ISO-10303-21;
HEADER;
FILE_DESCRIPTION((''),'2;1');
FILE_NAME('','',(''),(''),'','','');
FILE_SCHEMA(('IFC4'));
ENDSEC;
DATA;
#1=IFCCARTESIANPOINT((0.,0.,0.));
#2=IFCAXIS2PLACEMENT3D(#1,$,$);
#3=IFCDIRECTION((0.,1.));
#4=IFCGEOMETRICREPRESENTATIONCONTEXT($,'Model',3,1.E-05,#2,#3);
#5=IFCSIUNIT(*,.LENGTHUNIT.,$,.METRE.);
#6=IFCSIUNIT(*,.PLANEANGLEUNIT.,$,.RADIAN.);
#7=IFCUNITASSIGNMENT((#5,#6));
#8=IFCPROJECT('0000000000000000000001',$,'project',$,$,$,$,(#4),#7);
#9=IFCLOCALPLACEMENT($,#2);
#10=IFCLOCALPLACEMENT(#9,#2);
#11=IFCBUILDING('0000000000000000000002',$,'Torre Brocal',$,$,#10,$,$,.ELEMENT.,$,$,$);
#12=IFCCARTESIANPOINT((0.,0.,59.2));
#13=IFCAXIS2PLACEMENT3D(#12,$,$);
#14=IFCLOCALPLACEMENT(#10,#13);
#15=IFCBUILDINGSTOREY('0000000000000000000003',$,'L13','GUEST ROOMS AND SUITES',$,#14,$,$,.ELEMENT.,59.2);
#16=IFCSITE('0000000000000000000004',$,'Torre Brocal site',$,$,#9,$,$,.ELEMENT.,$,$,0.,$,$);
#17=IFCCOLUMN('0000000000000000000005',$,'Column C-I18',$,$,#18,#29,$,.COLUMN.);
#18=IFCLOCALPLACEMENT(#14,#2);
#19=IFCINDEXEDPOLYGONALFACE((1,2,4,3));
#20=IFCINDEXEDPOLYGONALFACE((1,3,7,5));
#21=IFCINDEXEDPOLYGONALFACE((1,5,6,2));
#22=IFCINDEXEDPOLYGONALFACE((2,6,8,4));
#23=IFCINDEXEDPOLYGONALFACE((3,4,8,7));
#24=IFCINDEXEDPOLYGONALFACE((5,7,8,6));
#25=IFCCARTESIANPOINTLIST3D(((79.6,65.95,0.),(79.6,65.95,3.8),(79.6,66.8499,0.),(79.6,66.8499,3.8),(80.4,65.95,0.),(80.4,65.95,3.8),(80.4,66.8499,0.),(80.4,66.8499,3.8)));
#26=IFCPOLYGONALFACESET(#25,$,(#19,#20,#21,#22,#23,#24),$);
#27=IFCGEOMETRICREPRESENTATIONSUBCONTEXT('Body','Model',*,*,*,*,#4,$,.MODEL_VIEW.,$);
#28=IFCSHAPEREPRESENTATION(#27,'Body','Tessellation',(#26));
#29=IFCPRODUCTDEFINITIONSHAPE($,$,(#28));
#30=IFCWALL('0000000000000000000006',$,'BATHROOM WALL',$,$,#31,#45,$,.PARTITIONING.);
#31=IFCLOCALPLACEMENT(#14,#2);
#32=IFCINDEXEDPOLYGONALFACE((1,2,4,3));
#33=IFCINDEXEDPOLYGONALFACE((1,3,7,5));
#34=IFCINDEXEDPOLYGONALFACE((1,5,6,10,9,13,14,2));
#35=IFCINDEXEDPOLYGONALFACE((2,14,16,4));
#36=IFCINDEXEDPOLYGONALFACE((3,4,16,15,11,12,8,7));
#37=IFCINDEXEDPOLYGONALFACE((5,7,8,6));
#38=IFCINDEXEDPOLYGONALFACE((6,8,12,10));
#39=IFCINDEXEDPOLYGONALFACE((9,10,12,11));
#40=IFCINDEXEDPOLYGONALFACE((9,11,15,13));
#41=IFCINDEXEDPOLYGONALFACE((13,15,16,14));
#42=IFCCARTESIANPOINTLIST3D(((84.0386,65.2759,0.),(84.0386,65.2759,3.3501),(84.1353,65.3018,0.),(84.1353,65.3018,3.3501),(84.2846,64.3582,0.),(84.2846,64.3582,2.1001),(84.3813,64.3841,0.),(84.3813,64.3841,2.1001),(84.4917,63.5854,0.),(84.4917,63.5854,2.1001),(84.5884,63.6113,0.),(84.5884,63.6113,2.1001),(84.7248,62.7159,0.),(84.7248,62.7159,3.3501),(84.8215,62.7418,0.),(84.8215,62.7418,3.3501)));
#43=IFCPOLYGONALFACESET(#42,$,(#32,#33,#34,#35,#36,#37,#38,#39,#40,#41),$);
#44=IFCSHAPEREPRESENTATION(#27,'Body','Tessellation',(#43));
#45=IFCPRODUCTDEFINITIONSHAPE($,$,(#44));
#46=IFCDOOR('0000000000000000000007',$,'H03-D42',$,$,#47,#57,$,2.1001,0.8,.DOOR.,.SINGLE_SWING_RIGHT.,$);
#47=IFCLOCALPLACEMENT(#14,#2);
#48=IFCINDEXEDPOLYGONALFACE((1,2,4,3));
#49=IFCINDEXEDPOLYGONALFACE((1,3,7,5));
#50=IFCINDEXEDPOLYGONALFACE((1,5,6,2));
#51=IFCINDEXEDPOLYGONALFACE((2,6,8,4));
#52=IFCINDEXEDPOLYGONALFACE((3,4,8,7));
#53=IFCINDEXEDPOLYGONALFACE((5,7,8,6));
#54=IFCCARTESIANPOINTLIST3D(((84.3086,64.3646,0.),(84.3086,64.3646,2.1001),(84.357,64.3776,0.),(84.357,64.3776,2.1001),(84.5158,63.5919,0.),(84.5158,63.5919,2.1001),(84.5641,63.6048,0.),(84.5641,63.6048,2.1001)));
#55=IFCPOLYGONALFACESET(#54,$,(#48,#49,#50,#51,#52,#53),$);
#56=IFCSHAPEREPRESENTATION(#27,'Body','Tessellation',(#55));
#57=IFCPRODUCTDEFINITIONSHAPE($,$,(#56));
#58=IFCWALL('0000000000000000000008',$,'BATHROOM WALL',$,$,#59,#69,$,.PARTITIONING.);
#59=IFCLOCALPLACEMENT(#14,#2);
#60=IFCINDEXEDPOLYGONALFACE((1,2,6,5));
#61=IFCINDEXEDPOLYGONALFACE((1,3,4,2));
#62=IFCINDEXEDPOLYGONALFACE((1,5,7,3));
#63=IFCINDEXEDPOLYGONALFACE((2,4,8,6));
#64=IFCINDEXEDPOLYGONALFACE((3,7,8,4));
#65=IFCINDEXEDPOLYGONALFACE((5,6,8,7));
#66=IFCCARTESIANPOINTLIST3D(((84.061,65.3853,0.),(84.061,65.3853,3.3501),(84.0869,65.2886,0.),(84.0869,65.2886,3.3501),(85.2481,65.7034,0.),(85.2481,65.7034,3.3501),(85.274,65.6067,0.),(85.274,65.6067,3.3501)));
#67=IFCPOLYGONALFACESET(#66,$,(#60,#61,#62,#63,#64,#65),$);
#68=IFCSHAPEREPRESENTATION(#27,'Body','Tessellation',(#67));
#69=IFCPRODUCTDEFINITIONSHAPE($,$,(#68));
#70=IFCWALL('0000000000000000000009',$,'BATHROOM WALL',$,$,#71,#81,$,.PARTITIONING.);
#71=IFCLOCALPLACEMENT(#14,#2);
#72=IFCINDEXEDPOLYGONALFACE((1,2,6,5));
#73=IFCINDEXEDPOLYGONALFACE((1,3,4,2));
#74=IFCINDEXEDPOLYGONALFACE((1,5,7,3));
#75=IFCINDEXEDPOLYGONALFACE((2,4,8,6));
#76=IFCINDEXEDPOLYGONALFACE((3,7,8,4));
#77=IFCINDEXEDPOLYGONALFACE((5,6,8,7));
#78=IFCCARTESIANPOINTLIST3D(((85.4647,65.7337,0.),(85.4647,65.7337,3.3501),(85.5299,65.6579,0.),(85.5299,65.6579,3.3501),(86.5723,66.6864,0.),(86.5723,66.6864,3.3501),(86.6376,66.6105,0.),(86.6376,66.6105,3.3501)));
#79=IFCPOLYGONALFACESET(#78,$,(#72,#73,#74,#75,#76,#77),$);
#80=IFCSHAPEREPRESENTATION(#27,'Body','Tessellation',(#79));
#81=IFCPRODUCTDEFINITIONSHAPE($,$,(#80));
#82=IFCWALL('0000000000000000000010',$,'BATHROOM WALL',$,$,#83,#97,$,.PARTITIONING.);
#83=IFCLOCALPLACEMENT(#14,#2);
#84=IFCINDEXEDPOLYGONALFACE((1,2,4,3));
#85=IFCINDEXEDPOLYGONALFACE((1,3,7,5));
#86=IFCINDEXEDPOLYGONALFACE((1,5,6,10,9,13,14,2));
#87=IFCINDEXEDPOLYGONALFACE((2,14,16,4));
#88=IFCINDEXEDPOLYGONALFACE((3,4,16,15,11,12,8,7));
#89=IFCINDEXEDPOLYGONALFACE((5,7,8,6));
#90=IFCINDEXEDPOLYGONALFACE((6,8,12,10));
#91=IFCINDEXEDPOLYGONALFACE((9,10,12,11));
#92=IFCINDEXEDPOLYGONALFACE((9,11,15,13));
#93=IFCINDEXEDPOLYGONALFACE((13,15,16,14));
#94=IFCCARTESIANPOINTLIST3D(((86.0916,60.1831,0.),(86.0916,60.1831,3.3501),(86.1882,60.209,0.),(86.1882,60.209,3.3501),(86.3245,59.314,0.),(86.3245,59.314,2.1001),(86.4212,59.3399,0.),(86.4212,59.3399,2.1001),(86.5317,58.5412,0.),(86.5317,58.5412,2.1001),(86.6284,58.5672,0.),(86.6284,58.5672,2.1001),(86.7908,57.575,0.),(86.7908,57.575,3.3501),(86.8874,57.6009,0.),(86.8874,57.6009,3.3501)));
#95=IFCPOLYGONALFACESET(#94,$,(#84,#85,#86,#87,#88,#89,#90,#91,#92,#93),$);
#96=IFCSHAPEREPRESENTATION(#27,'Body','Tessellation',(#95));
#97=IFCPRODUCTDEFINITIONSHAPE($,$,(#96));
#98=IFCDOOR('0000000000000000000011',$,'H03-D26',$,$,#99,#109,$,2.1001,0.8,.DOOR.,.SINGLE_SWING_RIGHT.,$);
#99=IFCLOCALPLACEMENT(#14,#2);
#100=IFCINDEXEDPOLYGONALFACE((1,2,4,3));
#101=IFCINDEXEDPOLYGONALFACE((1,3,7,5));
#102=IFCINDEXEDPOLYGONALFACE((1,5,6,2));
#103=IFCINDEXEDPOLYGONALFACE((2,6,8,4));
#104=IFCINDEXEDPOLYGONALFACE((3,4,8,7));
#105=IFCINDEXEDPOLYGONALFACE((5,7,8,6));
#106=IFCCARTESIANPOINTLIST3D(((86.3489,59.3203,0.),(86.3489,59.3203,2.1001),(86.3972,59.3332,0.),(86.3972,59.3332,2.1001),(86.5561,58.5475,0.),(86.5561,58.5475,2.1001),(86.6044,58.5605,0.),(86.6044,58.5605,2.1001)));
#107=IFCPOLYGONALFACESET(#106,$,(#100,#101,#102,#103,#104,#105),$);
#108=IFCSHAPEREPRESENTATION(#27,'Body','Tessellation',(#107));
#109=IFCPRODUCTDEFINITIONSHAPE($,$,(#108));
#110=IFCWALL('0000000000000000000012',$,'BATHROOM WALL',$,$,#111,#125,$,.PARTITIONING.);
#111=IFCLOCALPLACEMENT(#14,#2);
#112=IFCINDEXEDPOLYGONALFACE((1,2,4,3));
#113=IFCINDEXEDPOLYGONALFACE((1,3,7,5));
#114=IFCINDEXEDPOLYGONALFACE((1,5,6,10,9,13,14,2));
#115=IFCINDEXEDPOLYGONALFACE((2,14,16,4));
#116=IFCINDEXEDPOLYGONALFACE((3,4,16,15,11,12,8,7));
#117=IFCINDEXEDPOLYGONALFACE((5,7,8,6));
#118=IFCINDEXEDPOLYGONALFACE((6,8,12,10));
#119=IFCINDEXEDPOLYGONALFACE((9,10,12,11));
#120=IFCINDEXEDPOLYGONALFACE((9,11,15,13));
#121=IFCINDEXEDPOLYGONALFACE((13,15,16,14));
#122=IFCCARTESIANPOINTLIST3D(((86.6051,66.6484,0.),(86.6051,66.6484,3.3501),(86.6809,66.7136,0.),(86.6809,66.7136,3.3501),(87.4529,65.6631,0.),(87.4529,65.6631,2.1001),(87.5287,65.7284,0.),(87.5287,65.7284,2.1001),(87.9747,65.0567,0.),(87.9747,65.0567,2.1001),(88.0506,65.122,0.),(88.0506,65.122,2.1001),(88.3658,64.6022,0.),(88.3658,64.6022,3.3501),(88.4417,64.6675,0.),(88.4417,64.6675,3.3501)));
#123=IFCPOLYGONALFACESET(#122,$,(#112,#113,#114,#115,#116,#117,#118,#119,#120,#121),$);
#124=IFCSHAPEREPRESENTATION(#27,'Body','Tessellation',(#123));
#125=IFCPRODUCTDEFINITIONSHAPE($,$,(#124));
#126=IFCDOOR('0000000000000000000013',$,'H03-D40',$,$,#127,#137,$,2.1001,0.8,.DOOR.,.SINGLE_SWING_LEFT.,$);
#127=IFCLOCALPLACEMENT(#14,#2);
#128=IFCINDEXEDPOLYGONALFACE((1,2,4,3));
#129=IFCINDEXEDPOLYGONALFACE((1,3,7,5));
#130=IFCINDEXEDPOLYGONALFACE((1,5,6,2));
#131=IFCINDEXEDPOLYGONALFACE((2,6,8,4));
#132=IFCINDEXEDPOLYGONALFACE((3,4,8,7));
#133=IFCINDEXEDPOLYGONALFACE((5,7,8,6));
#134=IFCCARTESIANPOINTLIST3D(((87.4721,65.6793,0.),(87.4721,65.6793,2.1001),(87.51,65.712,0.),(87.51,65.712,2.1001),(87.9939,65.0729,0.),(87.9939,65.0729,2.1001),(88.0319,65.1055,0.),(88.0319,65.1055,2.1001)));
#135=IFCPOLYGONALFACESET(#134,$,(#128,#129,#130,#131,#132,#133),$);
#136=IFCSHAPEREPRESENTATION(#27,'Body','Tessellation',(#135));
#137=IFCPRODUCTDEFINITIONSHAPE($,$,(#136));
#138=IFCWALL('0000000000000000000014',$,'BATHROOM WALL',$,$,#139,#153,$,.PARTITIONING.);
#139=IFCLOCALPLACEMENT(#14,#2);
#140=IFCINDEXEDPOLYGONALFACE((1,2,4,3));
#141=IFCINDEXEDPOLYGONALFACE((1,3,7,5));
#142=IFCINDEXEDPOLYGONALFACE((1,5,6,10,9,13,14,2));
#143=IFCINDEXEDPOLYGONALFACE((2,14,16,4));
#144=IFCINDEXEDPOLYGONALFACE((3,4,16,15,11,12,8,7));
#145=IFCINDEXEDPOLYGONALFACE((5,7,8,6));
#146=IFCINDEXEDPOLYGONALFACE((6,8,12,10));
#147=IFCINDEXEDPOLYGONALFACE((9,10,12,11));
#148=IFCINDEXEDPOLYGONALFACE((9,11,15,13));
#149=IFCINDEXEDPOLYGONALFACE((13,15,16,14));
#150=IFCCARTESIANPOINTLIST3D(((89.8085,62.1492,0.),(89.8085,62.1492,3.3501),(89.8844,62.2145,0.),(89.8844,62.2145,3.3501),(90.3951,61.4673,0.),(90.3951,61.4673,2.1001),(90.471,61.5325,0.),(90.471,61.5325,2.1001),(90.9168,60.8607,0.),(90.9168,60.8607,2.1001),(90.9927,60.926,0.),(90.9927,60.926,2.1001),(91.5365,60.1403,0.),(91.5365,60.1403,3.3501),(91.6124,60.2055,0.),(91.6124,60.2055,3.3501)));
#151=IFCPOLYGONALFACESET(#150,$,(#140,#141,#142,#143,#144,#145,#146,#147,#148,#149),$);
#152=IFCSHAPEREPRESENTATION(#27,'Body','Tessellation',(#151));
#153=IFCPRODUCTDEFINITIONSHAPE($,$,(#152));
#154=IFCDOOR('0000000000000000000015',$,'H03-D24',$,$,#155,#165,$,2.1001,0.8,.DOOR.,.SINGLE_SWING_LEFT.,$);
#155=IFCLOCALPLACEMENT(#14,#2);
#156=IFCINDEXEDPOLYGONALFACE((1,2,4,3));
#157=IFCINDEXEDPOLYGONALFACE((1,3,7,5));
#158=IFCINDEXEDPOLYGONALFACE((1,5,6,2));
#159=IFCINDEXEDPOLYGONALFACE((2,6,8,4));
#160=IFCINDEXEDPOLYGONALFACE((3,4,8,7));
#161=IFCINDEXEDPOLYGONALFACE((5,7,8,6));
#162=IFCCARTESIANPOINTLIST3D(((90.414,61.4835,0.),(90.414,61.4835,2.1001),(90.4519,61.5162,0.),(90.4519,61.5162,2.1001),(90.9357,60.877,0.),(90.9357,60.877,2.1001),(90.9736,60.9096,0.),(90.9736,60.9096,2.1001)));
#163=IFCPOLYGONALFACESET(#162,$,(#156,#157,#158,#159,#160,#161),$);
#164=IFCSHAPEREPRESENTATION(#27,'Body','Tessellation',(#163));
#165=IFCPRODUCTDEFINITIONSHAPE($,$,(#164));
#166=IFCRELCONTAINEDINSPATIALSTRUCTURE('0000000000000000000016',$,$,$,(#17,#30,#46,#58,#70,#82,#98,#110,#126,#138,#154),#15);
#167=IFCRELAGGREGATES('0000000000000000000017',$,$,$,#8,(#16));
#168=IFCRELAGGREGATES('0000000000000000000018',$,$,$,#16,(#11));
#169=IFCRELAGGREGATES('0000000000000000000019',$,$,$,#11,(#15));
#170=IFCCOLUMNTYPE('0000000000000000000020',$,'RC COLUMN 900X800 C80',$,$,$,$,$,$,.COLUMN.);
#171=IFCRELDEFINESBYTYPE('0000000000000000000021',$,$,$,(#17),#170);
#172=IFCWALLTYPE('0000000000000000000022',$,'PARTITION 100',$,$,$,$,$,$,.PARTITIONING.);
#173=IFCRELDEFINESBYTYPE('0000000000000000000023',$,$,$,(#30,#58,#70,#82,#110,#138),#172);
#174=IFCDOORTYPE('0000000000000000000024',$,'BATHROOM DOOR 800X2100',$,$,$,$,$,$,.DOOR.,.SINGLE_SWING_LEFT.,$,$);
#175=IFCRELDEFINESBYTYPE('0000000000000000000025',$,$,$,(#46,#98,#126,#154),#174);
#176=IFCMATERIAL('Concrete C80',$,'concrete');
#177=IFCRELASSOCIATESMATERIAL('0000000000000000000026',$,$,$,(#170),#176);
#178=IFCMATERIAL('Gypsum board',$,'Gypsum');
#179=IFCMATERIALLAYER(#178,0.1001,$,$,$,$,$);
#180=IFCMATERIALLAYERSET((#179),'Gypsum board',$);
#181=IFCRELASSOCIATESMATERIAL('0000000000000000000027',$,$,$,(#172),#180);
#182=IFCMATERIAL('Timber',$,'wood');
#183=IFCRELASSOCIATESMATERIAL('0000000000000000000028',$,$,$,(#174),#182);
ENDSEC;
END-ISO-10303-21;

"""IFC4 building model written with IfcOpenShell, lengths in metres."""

from ifc_helpers import new_model, si_unit, direction, frame, frame_2d, origin, origin_2d, place, context, subcontext, project, spatial, rectangle, extrude, material, layer, layer_set, material_profile, profile_set, type_object, element, fill, save


model = new_model("IFC4")

# Units and contexts
model_context = context("Model", 3, precision=1e-05, world=origin(), true_north=direction((0.0, 1.0)))
body_context = subcontext(model_context, "Body", "Model", "MODEL_VIEW")
ifc_project = project(units=[si_unit("LENGTHUNIT", "METRE"), si_unit("PLANEANGLEUNIT", "RADIAN")], contexts=[model_context])

# Site, building, storey
site_placement = place(None, origin())
site = spatial("IfcSite", under=ifc_project, at=site_placement, Name="Torre Brocal site", CompositionType="ELEMENT", RefElevation=0.0)
building_placement = place(site_placement, origin())
building = spatial("IfcBuilding", under=site, at=building_placement, Name="Torre Brocal", CompositionType="ELEMENT")
storey_placement = place(building_placement, frame((0.0, 0.0, 59.2)))
storey = spatial("IfcBuildingStorey", under=building, at=storey_placement, Name="L13", Description="GUEST ROOMS AND SUITES", CompositionType="ELEMENT", Elevation=59.2)

# Column
ifc_material_1 = material(Name="Concrete C80", Category="concrete")
ifc_material_profile = material_profile(ifc_material_1, rectangle(XDim=0.8999, YDim=0.8, at=origin_2d()), Name="RC 900X800")
ifc_profile_set = profile_set([ifc_material_profile], Name="Concrete C80")
column_type = type_object("IfcColumnType", Name="RC COLUMN 900X800 C80", PredefinedType="COLUMN", material=ifc_profile_set)
column_placement = place(storey_placement, frame((80.0, 66.3999, 0.0), z_axis=(0.0, 0.0, 1.0), x_axis=(0.0, -1.0, 0.0)))
element("IfcColumn", 1, at=column_placement, inside=storey, type_object=column_type, Name="Column C-I18", PredefinedType="COLUMN", context=body_context, shape_type="SweptSolid", body=[
    extrude(rectangle(XDim=0.8999, YDim=0.8, at=origin_2d()), origin(), (0.0, 0.0, 1.0), 3.8),
])

# Wall, opening, door
ifc_material_2 = material(Name="Gypsum board", Category="Gypsum")
ifc_layer_1 = layer(ifc_material_2, 0.1001)
ifc_layer_set_1 = layer_set([ifc_layer_1], Name="Gypsum board")
wall_type_1 = type_object("IfcWallType", Name="PARTITION 100", PredefinedType="PARTITIONING", material=ifc_layer_set_1)
wall_1_placement = place(storey_placement, frame((84.0869, 65.2888, 0.0), z_axis=(0.0, 0.0, 1.0), x_axis=(0.258929, -0.965896, 0.0)))
wall_1 = element("IfcWall", 2, at=wall_1_placement, inside=storey, type_object=wall_type_1, Name="BATHROOM WALL", PredefinedType="PARTITIONING", context=body_context, shape_type="SweptSolid", body=[
    extrude(rectangle(XDim=2.6504, YDim=0.1001, at=frame_2d((1.3252, 0.0))), origin(), (0.0, 0.0, 1.0), 3.3501),
])
opening_1_placement = place(wall_1_placement, frame((0.9502, 0.0, 0.0)))
opening_1 = element("IfcOpeningElement", 3, at=opening_1_placement, cuts=wall_1, PredefinedType="OPENING", context=body_context, shape_type="SweptSolid", body=[
    extrude(rectangle(XDim=0.8, YDim=2.1001, at=frame_2d((0.3999, 1.05))), frame((0.0, 0.0601, 0.0), z_axis=(0.0, -1.0, 0.0), x_axis=(1.0, 0.0, 0.0)), (0.0, 0.0, 1.0), 0.1201),
])
ifc_material_3 = material(Name="Timber", Category="wood")
door_type_1 = type_object("IfcDoorType", Name="BATHROOM DOOR 800X2100", OperationType="SINGLE_SWING_LEFT", PredefinedType="DOOR", material=ifc_material_3)
door_1_placement = place(opening_1_placement, origin())
door_1 = element("IfcDoor", 4, at=door_1_placement, inside=storey, type_object=door_type_1, Name="H03-D42", OperationType="SINGLE_SWING_RIGHT", OverallHeight=2.1001, OverallWidth=0.8, PredefinedType="DOOR", context=body_context, shape_type="SweptSolid", body=[
    extrude(rectangle(XDim=0.8, YDim=2.1001, at=frame_2d((0.3999, 1.05))), frame((0.0, 0.0249, 0.0), z_axis=(0.0, -1.0, 0.0), x_axis=(1.0, 0.0, 0.0)), (0.0, 0.0, 1.0), 0.05),
])
fill(opening_1, door_1)

# Walls
wall_2_placement = place(storey_placement, frame((84.074, 65.3369, 0.0), z_axis=(0.0, 0.0, 1.0), x_axis=(0.965914, 0.258862, 0.0)))
element("IfcWall", 5, at=wall_2_placement, inside=storey, type_object=wall_type_1, Name="BATHROOM WALL", PredefinedType="PARTITIONING", context=body_context, shape_type="SweptSolid", body=[
    extrude(rectangle(XDim=1.229, YDim=0.1001, at=frame_2d((0.6145, 0.0))), origin(), (0.0, 0.0, 1.0), 3.3501),
])
wall_3_placement = place(storey_placement, frame((85.4973, 65.6958, 0.0), z_axis=(0.0, 0.0, 1.0), x_axis=(0.75817, 0.652057, 0.0)))
element("IfcWall", 6, at=wall_3_placement, inside=storey, type_object=wall_type_1, Name="BATHROOM WALL", PredefinedType="PARTITIONING", context=body_context, shape_type="SweptSolid", body=[
    extrude(rectangle(XDim=1.4609, YDim=0.1001, at=frame_2d((0.7305, 0.0))), origin(), (0.0, 0.0, 1.0), 3.3501),
])

# Walls, openings, doors
wall_4_placement = place(storey_placement, frame((86.1399, 60.196, 0.0), z_axis=(0.0, 0.0, 1.0), x_axis=(0.258945, -0.965892, 0.0)))
wall_4 = element("IfcWall", 7, at=wall_4_placement, inside=storey, type_object=wall_type_1, Name="BATHROOM WALL", PredefinedType="PARTITIONING", context=body_context, shape_type="SweptSolid", body=[
    extrude(rectangle(XDim=2.7002, YDim=0.1001, at=frame_2d((1.3501, 0.0))), origin(), (0.0, 0.0, 1.0), 3.3501),
])
opening_2_placement = place(wall_4_placement, frame((0.8999, 0.0, 0.0)))
opening_2 = element("IfcOpeningElement", 8, at=opening_2_placement, cuts=wall_4, PredefinedType="OPENING", context=body_context, shape_type="SweptSolid", body=[
    extrude(rectangle(XDim=0.8, YDim=2.1001, at=frame_2d((0.3999, 1.05))), frame((0.0, 0.0601, 0.0), z_axis=(0.0, -1.0, 0.0), x_axis=(1.0, 0.0, 0.0)), (0.0, 0.0, 1.0), 0.1201),
])
door_2_placement = place(opening_2_placement, frame((0.8, 0.0, 0.0), z_axis=(0.0, 0.0, 1.0), x_axis=(-1.0, 0.0, 0.0)))
door_2 = element("IfcDoor", 9, at=door_2_placement, inside=storey, type_object=door_type_1, Name="H03-D26", OperationType="SINGLE_SWING_RIGHT", OverallHeight=2.1001, OverallWidth=0.8, PredefinedType="DOOR", context=body_context, shape_type="SweptSolid", body=[
    extrude(rectangle(XDim=0.8, YDim=2.1001, at=frame_2d((0.3999, 1.05))), frame((0.0, 0.0249, 0.0), z_axis=(0.0, -1.0, 0.0), x_axis=(1.0, 0.0, 0.0)), (0.0, 0.0, 1.0), 0.05),
])
fill(opening_2, door_2)
wall_5_placement = place(storey_placement, frame((86.6431, 66.6809, 0.0), z_axis=(0.0, 0.0, 1.0), x_axis=(0.652265, -0.757991, 0.0)))
wall_5 = element("IfcWall", 10, at=wall_5_placement, inside=storey, type_object=wall_type_1, Name="BATHROOM WALL", PredefinedType="PARTITIONING", context=body_context, shape_type="SweptSolid", body=[
    extrude(rectangle(XDim=2.6995, YDim=0.1001, at=frame_2d((1.3496, 0.0))), origin(), (0.0, 0.0, 1.0), 3.3501),
])
opening_3_placement = place(wall_5_placement, frame((1.2998, 0.0, 0.0)))
opening_3 = element("IfcOpeningElement", 11, at=opening_3_placement, cuts=wall_5, PredefinedType="OPENING", context=body_context, shape_type="SweptSolid", body=[
    extrude(rectangle(XDim=0.8, YDim=2.1001, at=frame_2d((0.3999, 1.05))), frame((0.0, 0.0601, 0.0), z_axis=(0.0, -1.0, 0.0), x_axis=(1.0, 0.0, 0.0)), (0.0, 0.0, 1.0), 0.1201),
])
door_3_placement = place(opening_3_placement, frame((0.8, 0.0, 0.0), z_axis=(0.0, 0.0, 1.0), x_axis=(-1.0, 0.0, 0.0)))
door_3 = element("IfcDoor", 12, at=door_3_placement, inside=storey, type_object=door_type_1, Name="H03-D40", OperationType="SINGLE_SWING_LEFT", OverallHeight=2.1001, OverallWidth=0.8, PredefinedType="DOOR", context=body_context, shape_type="SweptSolid", body=[
    extrude(rectangle(XDim=0.8, YDim=2.1001, at=frame_2d((0.3999, 1.05))), frame((0.0, 0.0249, 0.0), z_axis=(0.0, -1.0, 0.0), x_axis=(1.0, 0.0, 0.0)), (0.0, 0.0, 1.0), 0.05),
])
fill(opening_3, door_3)
wall_6_placement = place(storey_placement, frame((89.8464, 62.1819, 0.0), z_axis=(0.0, 0.0, 1.0), x_axis=(0.652095, -0.758137, 0.0)))
wall_6 = element("IfcWall", 13, at=wall_6_placement, inside=storey, type_object=wall_type_1, Name="BATHROOM WALL", PredefinedType="PARTITIONING", context=body_context, shape_type="SweptSolid", body=[
    extrude(rectangle(XDim=2.6499, YDim=0.1001, at=frame_2d((1.325, 0.0))), origin(), (0.0, 0.0, 1.0), 3.3501),
])
opening_4_placement = place(wall_6_placement, frame((0.8997, 0.0, 0.0)))
opening_4 = element("IfcOpeningElement", 14, at=opening_4_placement, cuts=wall_6, PredefinedType="OPENING", context=body_context, shape_type="SweptSolid", body=[
    extrude(rectangle(XDim=0.8, YDim=2.1001, at=frame_2d((0.3999, 1.05))), frame((0.0, 0.0601, 0.0), z_axis=(0.0, -1.0, 0.0), x_axis=(1.0, 0.0, 0.0)), (0.0, 0.0, 1.0), 0.1201),
])
door_4_placement = place(opening_4_placement, origin())
door_4 = element("IfcDoor", 15, at=door_4_placement, inside=storey, type_object=door_type_1, Name="H03-D24", OperationType="SINGLE_SWING_LEFT", OverallHeight=2.1001, OverallWidth=0.8, PredefinedType="DOOR", context=body_context, shape_type="SweptSolid", body=[
    extrude(rectangle(XDim=0.8, YDim=2.1001, at=frame_2d((0.3999, 1.05))), frame((0.0, 0.0249, 0.0), z_axis=(0.0, -1.0, 0.0), x_axis=(1.0, 0.0, 0.0)), (0.0, 0.0, 1.0), 0.05),
])
fill(opening_4, door_4)

save(model, "model.ifc")
